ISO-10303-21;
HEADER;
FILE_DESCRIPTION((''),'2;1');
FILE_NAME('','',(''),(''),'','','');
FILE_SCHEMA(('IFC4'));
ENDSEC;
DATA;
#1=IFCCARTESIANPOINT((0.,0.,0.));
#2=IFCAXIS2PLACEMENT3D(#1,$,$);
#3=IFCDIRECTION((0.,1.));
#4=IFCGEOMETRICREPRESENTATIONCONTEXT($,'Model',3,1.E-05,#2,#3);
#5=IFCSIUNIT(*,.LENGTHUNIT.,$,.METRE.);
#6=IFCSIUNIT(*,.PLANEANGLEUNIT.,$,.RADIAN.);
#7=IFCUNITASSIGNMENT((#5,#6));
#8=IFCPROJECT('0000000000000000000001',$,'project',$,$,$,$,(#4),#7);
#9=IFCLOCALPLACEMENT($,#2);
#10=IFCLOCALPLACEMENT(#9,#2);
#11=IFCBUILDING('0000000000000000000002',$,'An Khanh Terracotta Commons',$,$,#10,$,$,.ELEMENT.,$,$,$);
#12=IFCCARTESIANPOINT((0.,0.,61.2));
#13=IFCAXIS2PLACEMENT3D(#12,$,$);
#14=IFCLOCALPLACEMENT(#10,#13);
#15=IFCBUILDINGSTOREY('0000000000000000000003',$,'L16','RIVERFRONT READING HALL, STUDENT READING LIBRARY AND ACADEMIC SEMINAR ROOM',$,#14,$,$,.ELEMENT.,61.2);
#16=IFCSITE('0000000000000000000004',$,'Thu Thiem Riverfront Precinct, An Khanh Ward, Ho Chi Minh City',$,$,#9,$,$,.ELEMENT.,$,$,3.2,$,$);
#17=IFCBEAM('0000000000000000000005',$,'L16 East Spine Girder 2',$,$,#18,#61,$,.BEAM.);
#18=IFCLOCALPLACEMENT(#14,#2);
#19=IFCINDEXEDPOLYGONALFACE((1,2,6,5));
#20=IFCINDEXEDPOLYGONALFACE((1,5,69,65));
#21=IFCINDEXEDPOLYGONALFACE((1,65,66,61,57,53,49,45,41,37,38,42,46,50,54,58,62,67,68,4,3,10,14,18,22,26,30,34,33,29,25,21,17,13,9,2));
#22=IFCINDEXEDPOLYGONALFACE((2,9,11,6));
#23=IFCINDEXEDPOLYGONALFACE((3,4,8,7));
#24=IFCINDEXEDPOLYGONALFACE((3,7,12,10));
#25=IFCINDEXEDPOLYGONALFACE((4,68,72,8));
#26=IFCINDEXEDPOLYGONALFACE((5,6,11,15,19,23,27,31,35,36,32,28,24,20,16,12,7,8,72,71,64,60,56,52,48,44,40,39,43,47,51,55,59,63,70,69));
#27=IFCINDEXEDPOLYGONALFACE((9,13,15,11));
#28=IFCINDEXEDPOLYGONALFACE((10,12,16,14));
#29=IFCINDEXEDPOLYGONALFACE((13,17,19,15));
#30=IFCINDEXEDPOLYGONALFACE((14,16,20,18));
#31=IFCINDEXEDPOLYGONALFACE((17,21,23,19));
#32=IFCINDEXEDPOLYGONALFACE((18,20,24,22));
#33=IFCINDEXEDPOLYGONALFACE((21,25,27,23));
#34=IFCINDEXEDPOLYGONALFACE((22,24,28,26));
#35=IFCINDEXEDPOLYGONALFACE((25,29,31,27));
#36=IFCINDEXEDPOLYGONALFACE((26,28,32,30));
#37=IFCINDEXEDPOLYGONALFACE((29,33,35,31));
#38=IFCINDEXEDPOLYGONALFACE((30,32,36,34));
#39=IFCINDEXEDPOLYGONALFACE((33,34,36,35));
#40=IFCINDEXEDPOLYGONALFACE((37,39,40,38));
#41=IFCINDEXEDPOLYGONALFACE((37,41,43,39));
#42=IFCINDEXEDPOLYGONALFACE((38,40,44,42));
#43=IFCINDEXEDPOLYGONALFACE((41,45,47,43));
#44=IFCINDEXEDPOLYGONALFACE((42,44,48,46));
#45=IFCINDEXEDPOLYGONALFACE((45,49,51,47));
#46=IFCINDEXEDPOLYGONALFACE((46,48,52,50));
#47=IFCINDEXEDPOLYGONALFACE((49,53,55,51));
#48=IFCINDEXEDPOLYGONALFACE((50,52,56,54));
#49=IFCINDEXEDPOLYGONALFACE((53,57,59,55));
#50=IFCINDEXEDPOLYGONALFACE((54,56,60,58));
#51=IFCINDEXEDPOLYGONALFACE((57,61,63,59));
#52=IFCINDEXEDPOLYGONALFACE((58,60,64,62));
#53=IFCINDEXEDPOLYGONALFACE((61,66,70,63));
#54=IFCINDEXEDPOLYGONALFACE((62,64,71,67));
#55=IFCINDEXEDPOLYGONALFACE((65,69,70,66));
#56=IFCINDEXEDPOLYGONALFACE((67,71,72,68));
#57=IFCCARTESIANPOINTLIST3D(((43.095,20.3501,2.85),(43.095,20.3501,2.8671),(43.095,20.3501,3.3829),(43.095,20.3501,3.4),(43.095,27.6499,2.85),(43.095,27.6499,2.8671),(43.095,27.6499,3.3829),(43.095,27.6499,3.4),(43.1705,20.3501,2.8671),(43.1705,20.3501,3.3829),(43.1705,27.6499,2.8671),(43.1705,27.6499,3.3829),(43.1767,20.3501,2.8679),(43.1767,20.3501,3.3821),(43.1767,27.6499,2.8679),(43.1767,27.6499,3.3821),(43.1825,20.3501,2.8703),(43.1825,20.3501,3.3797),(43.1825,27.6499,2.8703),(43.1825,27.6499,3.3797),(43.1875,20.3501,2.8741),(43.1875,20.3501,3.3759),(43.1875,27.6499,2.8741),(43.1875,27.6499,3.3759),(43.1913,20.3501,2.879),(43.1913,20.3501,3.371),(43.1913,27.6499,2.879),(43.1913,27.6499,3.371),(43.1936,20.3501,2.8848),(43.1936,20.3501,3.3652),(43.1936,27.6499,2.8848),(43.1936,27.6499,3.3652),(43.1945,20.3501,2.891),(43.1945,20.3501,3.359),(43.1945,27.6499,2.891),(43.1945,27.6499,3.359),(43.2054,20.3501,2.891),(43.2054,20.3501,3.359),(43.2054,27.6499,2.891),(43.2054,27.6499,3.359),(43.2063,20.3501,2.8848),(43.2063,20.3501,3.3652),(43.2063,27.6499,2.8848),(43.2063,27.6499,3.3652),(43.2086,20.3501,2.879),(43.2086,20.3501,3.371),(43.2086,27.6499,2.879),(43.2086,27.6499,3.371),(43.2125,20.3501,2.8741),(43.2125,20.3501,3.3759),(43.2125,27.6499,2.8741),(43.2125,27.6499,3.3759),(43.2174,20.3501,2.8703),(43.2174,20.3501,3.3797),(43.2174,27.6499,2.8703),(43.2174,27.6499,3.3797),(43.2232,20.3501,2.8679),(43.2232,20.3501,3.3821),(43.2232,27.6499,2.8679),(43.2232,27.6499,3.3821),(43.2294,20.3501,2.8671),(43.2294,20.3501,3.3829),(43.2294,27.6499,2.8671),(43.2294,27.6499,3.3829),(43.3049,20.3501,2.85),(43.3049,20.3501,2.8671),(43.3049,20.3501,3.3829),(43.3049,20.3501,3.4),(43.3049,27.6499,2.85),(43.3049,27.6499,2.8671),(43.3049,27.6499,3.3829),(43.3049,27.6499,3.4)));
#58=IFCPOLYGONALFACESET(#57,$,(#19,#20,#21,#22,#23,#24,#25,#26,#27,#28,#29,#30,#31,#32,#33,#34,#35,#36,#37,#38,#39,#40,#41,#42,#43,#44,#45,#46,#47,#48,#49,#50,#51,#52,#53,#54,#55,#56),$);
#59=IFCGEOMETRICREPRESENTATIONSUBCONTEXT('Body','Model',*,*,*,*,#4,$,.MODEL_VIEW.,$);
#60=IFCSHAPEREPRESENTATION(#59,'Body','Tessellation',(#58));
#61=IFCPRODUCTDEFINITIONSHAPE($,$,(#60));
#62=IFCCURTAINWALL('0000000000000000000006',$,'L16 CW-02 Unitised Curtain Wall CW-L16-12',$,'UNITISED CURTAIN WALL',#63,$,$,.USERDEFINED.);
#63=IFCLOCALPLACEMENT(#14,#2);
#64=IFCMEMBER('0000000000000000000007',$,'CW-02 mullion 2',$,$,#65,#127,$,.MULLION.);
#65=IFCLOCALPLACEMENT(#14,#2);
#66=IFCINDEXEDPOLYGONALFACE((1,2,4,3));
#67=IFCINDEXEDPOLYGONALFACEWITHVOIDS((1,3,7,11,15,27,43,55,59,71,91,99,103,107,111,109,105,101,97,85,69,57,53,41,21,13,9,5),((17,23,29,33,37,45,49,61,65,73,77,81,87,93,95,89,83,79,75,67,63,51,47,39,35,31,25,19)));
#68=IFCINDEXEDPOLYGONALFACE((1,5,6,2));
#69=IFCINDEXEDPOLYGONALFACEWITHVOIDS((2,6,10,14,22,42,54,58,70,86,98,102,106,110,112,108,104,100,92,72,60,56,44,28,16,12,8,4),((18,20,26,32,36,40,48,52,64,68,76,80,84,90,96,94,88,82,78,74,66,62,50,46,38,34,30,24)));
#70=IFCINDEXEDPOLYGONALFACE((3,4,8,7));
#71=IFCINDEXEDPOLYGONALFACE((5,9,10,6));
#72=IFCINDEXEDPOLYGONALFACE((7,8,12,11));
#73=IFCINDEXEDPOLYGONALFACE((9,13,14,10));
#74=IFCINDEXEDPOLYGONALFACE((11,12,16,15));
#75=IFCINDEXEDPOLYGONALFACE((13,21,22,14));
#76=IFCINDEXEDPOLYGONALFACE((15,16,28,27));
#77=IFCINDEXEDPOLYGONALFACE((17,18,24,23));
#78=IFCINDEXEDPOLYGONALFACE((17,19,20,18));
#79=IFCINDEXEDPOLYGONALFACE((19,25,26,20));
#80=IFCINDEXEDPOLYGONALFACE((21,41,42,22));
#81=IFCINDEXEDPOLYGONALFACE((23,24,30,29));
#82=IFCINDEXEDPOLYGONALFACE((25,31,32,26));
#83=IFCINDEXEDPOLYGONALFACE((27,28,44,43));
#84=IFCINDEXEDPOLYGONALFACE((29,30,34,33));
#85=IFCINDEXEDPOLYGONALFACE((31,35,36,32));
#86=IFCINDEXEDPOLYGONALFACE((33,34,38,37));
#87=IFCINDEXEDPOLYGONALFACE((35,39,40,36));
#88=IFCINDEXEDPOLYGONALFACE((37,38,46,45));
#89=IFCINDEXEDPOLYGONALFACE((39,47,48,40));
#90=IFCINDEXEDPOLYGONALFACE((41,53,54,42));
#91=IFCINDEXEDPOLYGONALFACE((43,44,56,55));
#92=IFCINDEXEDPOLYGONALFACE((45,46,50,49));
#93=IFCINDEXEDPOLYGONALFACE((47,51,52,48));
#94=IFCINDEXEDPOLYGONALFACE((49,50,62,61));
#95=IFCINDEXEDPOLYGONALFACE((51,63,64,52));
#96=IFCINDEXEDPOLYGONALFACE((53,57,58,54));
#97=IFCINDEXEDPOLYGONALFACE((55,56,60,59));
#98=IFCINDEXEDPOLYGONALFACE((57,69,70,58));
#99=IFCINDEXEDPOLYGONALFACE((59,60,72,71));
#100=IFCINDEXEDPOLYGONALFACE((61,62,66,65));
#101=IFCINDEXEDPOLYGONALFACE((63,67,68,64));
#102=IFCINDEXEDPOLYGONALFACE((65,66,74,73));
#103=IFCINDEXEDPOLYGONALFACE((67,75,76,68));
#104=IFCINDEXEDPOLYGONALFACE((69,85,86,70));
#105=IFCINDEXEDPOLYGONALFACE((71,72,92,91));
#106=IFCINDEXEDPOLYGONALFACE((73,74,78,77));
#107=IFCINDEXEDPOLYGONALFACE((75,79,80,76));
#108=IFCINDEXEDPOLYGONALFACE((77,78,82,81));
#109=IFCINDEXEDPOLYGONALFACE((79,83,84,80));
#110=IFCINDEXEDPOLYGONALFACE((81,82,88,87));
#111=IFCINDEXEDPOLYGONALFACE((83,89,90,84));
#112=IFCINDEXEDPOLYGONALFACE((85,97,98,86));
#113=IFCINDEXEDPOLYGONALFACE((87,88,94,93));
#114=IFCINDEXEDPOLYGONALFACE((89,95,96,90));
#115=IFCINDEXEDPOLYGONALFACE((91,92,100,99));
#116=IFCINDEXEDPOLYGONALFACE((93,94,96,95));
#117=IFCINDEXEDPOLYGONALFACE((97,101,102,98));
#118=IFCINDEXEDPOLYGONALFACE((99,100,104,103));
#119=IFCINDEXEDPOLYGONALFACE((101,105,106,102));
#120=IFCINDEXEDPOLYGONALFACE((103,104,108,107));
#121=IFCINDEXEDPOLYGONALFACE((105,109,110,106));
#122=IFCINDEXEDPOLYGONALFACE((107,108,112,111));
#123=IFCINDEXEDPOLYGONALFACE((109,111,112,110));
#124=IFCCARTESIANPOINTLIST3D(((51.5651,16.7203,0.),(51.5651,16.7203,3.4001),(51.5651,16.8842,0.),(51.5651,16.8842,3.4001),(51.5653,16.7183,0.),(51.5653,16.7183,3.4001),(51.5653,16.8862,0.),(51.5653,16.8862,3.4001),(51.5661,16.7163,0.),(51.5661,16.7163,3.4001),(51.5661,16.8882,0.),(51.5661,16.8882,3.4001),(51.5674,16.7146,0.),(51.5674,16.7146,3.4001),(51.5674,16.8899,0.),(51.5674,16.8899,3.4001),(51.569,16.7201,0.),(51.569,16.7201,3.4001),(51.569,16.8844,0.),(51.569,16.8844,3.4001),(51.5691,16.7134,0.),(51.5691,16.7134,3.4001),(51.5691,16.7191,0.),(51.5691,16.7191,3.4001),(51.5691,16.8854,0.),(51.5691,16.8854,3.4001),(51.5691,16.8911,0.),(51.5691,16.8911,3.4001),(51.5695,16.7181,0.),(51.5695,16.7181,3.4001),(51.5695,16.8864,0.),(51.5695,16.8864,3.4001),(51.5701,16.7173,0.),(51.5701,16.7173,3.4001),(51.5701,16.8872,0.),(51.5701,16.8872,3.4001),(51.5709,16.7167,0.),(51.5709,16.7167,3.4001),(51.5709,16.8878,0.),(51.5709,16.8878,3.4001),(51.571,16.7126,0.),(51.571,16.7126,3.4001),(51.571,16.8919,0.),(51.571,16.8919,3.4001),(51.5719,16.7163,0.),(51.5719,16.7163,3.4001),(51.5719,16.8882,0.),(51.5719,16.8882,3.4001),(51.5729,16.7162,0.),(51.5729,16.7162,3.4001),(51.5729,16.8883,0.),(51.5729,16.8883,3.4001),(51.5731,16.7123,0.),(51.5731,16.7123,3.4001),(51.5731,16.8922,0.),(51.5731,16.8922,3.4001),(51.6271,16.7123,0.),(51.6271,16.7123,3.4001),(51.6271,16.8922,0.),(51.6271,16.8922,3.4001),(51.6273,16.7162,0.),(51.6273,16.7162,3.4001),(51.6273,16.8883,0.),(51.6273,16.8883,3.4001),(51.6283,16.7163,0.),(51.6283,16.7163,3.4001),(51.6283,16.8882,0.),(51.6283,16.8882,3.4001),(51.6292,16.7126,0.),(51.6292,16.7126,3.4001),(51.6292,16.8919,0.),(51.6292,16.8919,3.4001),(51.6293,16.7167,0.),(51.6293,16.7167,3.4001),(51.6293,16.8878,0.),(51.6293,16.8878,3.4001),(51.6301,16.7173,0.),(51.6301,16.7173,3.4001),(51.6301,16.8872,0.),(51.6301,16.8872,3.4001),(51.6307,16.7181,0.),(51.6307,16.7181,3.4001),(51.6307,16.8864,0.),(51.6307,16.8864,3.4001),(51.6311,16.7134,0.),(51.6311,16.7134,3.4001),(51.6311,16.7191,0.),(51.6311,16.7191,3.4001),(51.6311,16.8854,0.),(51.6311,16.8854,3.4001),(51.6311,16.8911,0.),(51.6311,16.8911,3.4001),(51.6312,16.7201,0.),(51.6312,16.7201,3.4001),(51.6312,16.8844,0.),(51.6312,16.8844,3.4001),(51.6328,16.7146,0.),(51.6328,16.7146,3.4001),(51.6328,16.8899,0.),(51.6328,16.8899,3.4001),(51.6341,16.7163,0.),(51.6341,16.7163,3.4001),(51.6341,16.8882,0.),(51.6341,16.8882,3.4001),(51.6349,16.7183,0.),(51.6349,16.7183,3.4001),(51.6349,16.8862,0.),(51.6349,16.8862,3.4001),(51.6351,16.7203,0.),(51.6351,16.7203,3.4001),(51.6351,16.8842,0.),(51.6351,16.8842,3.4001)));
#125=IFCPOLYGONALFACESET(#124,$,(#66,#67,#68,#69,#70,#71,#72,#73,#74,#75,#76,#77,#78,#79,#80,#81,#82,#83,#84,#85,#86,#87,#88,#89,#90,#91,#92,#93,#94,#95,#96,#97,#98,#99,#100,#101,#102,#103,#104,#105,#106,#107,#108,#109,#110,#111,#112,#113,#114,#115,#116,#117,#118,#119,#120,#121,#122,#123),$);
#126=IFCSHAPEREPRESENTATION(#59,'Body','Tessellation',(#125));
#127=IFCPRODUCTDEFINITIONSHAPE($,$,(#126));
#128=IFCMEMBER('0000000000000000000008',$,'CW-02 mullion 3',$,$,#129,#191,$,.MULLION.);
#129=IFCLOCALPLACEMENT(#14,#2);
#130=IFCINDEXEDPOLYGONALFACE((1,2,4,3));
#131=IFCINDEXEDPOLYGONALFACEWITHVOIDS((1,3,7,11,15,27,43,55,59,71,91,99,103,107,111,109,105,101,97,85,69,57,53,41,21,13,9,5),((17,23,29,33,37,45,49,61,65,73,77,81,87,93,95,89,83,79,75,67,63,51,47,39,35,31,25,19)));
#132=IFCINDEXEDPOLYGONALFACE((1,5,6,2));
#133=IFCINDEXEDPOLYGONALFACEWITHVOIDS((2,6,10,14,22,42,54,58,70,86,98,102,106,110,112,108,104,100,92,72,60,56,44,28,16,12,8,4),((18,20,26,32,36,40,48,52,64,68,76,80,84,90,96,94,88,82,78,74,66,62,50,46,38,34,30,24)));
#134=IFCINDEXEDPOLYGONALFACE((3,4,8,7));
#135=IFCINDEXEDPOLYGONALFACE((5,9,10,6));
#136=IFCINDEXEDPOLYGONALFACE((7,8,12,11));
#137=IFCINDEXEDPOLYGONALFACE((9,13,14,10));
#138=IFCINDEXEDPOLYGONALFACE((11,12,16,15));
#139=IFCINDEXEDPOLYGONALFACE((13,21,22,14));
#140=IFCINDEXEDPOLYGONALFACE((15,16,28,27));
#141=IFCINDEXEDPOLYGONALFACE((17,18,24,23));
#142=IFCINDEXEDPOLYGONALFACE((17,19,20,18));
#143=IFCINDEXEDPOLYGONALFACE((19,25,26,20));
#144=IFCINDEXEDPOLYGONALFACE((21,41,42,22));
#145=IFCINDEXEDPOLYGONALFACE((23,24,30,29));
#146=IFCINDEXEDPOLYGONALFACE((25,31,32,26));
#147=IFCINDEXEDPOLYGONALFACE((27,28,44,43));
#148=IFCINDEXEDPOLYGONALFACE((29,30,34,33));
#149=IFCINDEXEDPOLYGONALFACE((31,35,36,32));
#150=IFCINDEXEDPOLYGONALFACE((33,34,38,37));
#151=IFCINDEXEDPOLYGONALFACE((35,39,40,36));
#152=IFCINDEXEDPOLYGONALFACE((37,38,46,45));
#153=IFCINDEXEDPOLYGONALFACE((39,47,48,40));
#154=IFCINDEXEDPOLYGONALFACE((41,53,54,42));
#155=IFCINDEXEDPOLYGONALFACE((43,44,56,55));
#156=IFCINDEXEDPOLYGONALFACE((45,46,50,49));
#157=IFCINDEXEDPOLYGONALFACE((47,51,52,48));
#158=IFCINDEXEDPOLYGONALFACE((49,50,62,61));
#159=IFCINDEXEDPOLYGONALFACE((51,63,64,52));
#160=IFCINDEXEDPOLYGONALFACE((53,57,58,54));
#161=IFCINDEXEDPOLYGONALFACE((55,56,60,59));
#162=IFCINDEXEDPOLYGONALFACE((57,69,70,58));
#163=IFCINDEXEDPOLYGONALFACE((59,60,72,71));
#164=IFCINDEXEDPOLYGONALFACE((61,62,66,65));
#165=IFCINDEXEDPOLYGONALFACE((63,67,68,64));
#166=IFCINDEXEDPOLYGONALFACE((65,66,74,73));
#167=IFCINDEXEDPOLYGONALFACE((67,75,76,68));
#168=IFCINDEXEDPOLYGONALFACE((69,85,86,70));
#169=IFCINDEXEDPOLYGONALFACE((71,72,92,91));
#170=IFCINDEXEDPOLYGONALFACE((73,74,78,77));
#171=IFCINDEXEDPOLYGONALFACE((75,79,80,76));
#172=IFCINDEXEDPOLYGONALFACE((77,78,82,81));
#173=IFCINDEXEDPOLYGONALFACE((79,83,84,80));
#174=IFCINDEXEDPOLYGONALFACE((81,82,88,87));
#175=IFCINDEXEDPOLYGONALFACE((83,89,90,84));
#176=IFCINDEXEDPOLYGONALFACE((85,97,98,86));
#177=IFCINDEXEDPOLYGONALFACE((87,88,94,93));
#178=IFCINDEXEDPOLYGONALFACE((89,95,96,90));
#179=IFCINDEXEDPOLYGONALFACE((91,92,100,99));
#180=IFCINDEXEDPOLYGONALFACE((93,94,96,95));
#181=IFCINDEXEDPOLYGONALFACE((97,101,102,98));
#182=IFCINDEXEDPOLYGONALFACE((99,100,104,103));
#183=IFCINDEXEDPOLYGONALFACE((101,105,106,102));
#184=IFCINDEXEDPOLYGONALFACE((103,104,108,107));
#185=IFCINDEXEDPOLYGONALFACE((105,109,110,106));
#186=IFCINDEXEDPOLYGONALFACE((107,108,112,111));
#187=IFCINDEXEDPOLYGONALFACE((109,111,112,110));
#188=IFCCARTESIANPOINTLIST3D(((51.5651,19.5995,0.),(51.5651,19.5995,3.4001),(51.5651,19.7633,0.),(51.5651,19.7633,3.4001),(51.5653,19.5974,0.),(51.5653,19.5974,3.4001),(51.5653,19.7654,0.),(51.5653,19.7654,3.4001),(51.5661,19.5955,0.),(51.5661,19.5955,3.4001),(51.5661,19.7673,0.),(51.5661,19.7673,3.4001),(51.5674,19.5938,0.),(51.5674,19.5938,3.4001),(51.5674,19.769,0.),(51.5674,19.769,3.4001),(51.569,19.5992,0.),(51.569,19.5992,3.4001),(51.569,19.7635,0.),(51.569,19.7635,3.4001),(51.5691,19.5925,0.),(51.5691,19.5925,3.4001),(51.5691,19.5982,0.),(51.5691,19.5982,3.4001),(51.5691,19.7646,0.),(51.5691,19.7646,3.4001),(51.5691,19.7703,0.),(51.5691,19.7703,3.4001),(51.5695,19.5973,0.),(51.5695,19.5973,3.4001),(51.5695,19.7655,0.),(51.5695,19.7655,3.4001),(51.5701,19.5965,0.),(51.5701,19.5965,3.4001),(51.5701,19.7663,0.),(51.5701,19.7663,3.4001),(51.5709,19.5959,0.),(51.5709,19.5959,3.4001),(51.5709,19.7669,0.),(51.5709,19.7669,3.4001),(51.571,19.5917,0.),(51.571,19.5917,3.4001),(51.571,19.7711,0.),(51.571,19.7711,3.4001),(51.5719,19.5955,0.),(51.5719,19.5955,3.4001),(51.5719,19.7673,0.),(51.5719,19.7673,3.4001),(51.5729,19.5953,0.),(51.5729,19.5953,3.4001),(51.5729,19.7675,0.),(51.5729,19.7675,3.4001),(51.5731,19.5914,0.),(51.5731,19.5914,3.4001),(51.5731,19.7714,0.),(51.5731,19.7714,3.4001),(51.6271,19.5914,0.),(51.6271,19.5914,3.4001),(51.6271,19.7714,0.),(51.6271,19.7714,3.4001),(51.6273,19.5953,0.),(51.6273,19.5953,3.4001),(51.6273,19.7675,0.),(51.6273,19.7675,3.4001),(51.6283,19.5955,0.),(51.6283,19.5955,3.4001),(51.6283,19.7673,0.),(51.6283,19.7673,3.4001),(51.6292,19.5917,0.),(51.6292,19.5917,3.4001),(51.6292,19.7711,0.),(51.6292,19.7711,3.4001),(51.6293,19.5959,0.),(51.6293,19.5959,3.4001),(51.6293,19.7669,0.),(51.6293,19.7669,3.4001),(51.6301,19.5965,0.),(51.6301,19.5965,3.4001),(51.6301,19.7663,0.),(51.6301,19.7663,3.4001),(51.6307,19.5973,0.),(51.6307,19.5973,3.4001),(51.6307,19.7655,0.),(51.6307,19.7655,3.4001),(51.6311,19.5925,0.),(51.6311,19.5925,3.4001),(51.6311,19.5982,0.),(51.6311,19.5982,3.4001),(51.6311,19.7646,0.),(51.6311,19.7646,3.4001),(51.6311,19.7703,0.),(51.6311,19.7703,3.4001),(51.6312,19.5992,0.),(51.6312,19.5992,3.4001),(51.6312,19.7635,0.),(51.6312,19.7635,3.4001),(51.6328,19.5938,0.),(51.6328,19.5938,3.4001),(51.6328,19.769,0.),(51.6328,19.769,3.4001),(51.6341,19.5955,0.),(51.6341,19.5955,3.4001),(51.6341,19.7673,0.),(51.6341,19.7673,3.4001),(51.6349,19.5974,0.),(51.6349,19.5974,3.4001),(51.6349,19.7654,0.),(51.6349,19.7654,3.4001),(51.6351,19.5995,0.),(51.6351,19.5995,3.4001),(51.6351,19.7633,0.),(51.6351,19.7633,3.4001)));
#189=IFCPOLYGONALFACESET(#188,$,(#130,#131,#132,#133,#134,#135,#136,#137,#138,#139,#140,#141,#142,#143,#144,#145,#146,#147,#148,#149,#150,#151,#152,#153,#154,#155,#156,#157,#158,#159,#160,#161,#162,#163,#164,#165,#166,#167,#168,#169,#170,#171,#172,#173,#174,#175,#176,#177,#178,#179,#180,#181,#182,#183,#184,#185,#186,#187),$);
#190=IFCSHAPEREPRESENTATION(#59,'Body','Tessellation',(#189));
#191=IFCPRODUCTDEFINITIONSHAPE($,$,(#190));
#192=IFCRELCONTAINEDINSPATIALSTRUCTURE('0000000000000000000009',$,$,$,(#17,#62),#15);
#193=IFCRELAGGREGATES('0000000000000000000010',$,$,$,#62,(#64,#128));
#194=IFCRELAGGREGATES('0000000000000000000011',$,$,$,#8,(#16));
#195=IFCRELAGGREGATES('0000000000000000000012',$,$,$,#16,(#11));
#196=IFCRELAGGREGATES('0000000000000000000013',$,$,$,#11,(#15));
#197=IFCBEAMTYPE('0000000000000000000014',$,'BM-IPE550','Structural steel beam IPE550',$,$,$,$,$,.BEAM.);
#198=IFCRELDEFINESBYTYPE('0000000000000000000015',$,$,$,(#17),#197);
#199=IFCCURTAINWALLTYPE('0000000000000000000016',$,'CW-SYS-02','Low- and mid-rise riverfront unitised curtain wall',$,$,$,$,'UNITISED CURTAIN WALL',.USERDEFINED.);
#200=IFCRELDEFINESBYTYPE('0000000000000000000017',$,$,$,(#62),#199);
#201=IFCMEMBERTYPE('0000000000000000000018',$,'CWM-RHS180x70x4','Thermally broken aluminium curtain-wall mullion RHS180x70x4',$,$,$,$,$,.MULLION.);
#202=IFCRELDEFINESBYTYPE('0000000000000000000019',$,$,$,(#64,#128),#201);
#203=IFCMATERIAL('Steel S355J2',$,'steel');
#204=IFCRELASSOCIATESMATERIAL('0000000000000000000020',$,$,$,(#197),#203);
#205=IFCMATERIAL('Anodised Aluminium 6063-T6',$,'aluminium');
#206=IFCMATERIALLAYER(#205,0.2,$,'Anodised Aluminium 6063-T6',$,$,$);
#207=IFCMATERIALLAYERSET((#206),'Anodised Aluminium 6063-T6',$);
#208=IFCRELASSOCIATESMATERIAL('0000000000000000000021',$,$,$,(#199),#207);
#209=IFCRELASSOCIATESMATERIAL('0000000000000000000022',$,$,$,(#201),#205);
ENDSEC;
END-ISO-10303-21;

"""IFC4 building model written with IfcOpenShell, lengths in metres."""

from ifc_helpers import new_model, si_unit, direction, frame, origin, origin_2d, place, context, subcontext, project, spatial, hollow_rectangle, i_section, extrude, material, layer, layer_set, material_profile, profile_set, type_object, element, aggregate, save


model = new_model("IFC4")

# Units and contexts
model_context = context("Model", 3, precision=1e-05, world=origin(), true_north=direction((0.0, 1.0)))
body_context = subcontext(model_context, "Body", "Model", "MODEL_VIEW")
ifc_project = project(units=[si_unit("LENGTHUNIT", "METRE"), si_unit("PLANEANGLEUNIT", "RADIAN")], contexts=[model_context])

# Site, building, storey
site_placement = place(None, origin())
site = spatial("IfcSite", under=ifc_project, at=site_placement, Name="Thu Thiem Riverfront Precinct, An Khanh Ward, Ho Chi Minh City", CompositionType="ELEMENT", RefElevation=3.2)
building_placement = place(site_placement, origin())
building = spatial("IfcBuilding", under=site, at=building_placement, Name="An Khanh Terracotta Commons", CompositionType="ELEMENT")
storey_placement = place(building_placement, frame((0.0, 0.0, 61.2)))
storey = spatial("IfcBuildingStorey", under=building, at=storey_placement, Name="L16", Description="RIVERFRONT READING HALL, STUDENT READING LIBRARY AND ACADEMIC SEMINAR ROOM", CompositionType="ELEMENT", Elevation=61.2)

# Beam
ifc_material_1 = material(Name="Steel S355J2", Category="steel")
ifc_material_profile_1 = material_profile(ifc_material_1, i_section(OverallWidth=0.21, OverallDepth=0.55, WebThickness=0.011, FlangeThickness=0.0171, FilletRadius=0.0239, at=origin_2d()), Name="IPE550")
ifc_profile_set_1 = profile_set([ifc_material_profile_1], Name="Steel S355J2")
beam_type_1 = type_object("IfcBeamType", Name="BM-IPE550", Description="Structural steel beam IPE550", PredefinedType="BEAM", material=ifc_profile_set_1)
beam_1_placement = place(storey_placement, frame((43.2, 20.3501, 3.125), z_axis=(0.0, 1.0, 0.0), x_axis=(-1.0, 0.0, 0.0)))
element("IfcBeam", 1, at=beam_1_placement, inside=storey, type_object=beam_type_1, Name="L16 East Spine Girder 2", PredefinedType="BEAM", context=body_context, shape_type="SweptSolid", body=[
    extrude(i_section(OverallWidth=0.21, OverallDepth=0.55, WebThickness=0.011, FlangeThickness=0.0171, FilletRadius=0.0239, at=origin_2d()), origin(), (0.0, 0.0, 1.0), 7.2998),
])

# Curtain wall, members
ifc_material_2 = material(Name="Anodised Aluminium 6063-T6", Category="aluminium")
ifc_layer_1 = layer(ifc_material_2, 0.2, Name="Anodised Aluminium 6063-T6")
ifc_layer_set_1 = layer_set([ifc_layer_1], Name="Anodised Aluminium 6063-T6")
curtain_wall_type = type_object("IfcCurtainWallType", Name="CW-SYS-02", Description="Low- and mid-rise riverfront unitised curtain wall", ElementType="UNITISED CURTAIN WALL", PredefinedType="USERDEFINED", material=ifc_layer_set_1)
curtain_wall_placement = place(storey_placement, origin())
curtain_wall = element("IfcCurtainWall", 2, at=curtain_wall_placement, inside=storey, type_object=curtain_wall_type, Name="L16 CW-02 Unitised Curtain Wall CW-L16-12", ObjectType="UNITISED CURTAIN WALL", PredefinedType="USERDEFINED")
ifc_material_profile_2 = material_profile(ifc_material_2, hollow_rectangle(XDim=0.0701, YDim=0.1799, WallThickness=0.0039, InnerFilletRadius=0.0039, OuterFilletRadius=0.0081, at=origin_2d()), Name="RHS180x70x4")
ifc_profile_set_2 = profile_set([ifc_material_profile_2], Name="Anodised Aluminium 6063-T6")
member_type_1 = type_object("IfcMemberType", Name="CWM-RHS180x70x4", Description="Thermally broken aluminium curtain-wall mullion RHS180x70x4", PredefinedType="MULLION", material=ifc_profile_set_2)
member_1_placement = place(storey_placement, frame((51.6001, 16.8022, 0.0), z_axis=(0.0, 0.0, 1.0), x_axis=(-1.0, 0.0, 0.0)))
member_1 = element("IfcMember", 3, at=member_1_placement, type_object=member_type_1, Name="CW-02 mullion 2", PredefinedType="MULLION", context=body_context, shape_type="SweptSolid", body=[
    extrude(hollow_rectangle(XDim=0.0701, YDim=0.1799, WallThickness=0.0039, InnerFilletRadius=0.0039, OuterFilletRadius=0.0081, at=origin_2d()), origin(), (0.0, 0.0, 1.0), 3.4001),
])
member_2_placement = place(storey_placement, frame((51.6001, 19.6814, 0.0), z_axis=(0.0, 0.0, 1.0), x_axis=(-1.0, 0.0, 0.0)))
member_2 = element("IfcMember", 4, at=member_2_placement, type_object=member_type_1, Name="CW-02 mullion 3", PredefinedType="MULLION", context=body_context, shape_type="SweptSolid", body=[
    extrude(hollow_rectangle(XDim=0.0701, YDim=0.1799, WallThickness=0.0039, InnerFilletRadius=0.0039, OuterFilletRadius=0.0081, at=origin_2d()), origin(), (0.0, 0.0, 1.0), 3.4001),
])
aggregate(curtain_wall, [member_1, member_2])

save(model, "model.ifc")
